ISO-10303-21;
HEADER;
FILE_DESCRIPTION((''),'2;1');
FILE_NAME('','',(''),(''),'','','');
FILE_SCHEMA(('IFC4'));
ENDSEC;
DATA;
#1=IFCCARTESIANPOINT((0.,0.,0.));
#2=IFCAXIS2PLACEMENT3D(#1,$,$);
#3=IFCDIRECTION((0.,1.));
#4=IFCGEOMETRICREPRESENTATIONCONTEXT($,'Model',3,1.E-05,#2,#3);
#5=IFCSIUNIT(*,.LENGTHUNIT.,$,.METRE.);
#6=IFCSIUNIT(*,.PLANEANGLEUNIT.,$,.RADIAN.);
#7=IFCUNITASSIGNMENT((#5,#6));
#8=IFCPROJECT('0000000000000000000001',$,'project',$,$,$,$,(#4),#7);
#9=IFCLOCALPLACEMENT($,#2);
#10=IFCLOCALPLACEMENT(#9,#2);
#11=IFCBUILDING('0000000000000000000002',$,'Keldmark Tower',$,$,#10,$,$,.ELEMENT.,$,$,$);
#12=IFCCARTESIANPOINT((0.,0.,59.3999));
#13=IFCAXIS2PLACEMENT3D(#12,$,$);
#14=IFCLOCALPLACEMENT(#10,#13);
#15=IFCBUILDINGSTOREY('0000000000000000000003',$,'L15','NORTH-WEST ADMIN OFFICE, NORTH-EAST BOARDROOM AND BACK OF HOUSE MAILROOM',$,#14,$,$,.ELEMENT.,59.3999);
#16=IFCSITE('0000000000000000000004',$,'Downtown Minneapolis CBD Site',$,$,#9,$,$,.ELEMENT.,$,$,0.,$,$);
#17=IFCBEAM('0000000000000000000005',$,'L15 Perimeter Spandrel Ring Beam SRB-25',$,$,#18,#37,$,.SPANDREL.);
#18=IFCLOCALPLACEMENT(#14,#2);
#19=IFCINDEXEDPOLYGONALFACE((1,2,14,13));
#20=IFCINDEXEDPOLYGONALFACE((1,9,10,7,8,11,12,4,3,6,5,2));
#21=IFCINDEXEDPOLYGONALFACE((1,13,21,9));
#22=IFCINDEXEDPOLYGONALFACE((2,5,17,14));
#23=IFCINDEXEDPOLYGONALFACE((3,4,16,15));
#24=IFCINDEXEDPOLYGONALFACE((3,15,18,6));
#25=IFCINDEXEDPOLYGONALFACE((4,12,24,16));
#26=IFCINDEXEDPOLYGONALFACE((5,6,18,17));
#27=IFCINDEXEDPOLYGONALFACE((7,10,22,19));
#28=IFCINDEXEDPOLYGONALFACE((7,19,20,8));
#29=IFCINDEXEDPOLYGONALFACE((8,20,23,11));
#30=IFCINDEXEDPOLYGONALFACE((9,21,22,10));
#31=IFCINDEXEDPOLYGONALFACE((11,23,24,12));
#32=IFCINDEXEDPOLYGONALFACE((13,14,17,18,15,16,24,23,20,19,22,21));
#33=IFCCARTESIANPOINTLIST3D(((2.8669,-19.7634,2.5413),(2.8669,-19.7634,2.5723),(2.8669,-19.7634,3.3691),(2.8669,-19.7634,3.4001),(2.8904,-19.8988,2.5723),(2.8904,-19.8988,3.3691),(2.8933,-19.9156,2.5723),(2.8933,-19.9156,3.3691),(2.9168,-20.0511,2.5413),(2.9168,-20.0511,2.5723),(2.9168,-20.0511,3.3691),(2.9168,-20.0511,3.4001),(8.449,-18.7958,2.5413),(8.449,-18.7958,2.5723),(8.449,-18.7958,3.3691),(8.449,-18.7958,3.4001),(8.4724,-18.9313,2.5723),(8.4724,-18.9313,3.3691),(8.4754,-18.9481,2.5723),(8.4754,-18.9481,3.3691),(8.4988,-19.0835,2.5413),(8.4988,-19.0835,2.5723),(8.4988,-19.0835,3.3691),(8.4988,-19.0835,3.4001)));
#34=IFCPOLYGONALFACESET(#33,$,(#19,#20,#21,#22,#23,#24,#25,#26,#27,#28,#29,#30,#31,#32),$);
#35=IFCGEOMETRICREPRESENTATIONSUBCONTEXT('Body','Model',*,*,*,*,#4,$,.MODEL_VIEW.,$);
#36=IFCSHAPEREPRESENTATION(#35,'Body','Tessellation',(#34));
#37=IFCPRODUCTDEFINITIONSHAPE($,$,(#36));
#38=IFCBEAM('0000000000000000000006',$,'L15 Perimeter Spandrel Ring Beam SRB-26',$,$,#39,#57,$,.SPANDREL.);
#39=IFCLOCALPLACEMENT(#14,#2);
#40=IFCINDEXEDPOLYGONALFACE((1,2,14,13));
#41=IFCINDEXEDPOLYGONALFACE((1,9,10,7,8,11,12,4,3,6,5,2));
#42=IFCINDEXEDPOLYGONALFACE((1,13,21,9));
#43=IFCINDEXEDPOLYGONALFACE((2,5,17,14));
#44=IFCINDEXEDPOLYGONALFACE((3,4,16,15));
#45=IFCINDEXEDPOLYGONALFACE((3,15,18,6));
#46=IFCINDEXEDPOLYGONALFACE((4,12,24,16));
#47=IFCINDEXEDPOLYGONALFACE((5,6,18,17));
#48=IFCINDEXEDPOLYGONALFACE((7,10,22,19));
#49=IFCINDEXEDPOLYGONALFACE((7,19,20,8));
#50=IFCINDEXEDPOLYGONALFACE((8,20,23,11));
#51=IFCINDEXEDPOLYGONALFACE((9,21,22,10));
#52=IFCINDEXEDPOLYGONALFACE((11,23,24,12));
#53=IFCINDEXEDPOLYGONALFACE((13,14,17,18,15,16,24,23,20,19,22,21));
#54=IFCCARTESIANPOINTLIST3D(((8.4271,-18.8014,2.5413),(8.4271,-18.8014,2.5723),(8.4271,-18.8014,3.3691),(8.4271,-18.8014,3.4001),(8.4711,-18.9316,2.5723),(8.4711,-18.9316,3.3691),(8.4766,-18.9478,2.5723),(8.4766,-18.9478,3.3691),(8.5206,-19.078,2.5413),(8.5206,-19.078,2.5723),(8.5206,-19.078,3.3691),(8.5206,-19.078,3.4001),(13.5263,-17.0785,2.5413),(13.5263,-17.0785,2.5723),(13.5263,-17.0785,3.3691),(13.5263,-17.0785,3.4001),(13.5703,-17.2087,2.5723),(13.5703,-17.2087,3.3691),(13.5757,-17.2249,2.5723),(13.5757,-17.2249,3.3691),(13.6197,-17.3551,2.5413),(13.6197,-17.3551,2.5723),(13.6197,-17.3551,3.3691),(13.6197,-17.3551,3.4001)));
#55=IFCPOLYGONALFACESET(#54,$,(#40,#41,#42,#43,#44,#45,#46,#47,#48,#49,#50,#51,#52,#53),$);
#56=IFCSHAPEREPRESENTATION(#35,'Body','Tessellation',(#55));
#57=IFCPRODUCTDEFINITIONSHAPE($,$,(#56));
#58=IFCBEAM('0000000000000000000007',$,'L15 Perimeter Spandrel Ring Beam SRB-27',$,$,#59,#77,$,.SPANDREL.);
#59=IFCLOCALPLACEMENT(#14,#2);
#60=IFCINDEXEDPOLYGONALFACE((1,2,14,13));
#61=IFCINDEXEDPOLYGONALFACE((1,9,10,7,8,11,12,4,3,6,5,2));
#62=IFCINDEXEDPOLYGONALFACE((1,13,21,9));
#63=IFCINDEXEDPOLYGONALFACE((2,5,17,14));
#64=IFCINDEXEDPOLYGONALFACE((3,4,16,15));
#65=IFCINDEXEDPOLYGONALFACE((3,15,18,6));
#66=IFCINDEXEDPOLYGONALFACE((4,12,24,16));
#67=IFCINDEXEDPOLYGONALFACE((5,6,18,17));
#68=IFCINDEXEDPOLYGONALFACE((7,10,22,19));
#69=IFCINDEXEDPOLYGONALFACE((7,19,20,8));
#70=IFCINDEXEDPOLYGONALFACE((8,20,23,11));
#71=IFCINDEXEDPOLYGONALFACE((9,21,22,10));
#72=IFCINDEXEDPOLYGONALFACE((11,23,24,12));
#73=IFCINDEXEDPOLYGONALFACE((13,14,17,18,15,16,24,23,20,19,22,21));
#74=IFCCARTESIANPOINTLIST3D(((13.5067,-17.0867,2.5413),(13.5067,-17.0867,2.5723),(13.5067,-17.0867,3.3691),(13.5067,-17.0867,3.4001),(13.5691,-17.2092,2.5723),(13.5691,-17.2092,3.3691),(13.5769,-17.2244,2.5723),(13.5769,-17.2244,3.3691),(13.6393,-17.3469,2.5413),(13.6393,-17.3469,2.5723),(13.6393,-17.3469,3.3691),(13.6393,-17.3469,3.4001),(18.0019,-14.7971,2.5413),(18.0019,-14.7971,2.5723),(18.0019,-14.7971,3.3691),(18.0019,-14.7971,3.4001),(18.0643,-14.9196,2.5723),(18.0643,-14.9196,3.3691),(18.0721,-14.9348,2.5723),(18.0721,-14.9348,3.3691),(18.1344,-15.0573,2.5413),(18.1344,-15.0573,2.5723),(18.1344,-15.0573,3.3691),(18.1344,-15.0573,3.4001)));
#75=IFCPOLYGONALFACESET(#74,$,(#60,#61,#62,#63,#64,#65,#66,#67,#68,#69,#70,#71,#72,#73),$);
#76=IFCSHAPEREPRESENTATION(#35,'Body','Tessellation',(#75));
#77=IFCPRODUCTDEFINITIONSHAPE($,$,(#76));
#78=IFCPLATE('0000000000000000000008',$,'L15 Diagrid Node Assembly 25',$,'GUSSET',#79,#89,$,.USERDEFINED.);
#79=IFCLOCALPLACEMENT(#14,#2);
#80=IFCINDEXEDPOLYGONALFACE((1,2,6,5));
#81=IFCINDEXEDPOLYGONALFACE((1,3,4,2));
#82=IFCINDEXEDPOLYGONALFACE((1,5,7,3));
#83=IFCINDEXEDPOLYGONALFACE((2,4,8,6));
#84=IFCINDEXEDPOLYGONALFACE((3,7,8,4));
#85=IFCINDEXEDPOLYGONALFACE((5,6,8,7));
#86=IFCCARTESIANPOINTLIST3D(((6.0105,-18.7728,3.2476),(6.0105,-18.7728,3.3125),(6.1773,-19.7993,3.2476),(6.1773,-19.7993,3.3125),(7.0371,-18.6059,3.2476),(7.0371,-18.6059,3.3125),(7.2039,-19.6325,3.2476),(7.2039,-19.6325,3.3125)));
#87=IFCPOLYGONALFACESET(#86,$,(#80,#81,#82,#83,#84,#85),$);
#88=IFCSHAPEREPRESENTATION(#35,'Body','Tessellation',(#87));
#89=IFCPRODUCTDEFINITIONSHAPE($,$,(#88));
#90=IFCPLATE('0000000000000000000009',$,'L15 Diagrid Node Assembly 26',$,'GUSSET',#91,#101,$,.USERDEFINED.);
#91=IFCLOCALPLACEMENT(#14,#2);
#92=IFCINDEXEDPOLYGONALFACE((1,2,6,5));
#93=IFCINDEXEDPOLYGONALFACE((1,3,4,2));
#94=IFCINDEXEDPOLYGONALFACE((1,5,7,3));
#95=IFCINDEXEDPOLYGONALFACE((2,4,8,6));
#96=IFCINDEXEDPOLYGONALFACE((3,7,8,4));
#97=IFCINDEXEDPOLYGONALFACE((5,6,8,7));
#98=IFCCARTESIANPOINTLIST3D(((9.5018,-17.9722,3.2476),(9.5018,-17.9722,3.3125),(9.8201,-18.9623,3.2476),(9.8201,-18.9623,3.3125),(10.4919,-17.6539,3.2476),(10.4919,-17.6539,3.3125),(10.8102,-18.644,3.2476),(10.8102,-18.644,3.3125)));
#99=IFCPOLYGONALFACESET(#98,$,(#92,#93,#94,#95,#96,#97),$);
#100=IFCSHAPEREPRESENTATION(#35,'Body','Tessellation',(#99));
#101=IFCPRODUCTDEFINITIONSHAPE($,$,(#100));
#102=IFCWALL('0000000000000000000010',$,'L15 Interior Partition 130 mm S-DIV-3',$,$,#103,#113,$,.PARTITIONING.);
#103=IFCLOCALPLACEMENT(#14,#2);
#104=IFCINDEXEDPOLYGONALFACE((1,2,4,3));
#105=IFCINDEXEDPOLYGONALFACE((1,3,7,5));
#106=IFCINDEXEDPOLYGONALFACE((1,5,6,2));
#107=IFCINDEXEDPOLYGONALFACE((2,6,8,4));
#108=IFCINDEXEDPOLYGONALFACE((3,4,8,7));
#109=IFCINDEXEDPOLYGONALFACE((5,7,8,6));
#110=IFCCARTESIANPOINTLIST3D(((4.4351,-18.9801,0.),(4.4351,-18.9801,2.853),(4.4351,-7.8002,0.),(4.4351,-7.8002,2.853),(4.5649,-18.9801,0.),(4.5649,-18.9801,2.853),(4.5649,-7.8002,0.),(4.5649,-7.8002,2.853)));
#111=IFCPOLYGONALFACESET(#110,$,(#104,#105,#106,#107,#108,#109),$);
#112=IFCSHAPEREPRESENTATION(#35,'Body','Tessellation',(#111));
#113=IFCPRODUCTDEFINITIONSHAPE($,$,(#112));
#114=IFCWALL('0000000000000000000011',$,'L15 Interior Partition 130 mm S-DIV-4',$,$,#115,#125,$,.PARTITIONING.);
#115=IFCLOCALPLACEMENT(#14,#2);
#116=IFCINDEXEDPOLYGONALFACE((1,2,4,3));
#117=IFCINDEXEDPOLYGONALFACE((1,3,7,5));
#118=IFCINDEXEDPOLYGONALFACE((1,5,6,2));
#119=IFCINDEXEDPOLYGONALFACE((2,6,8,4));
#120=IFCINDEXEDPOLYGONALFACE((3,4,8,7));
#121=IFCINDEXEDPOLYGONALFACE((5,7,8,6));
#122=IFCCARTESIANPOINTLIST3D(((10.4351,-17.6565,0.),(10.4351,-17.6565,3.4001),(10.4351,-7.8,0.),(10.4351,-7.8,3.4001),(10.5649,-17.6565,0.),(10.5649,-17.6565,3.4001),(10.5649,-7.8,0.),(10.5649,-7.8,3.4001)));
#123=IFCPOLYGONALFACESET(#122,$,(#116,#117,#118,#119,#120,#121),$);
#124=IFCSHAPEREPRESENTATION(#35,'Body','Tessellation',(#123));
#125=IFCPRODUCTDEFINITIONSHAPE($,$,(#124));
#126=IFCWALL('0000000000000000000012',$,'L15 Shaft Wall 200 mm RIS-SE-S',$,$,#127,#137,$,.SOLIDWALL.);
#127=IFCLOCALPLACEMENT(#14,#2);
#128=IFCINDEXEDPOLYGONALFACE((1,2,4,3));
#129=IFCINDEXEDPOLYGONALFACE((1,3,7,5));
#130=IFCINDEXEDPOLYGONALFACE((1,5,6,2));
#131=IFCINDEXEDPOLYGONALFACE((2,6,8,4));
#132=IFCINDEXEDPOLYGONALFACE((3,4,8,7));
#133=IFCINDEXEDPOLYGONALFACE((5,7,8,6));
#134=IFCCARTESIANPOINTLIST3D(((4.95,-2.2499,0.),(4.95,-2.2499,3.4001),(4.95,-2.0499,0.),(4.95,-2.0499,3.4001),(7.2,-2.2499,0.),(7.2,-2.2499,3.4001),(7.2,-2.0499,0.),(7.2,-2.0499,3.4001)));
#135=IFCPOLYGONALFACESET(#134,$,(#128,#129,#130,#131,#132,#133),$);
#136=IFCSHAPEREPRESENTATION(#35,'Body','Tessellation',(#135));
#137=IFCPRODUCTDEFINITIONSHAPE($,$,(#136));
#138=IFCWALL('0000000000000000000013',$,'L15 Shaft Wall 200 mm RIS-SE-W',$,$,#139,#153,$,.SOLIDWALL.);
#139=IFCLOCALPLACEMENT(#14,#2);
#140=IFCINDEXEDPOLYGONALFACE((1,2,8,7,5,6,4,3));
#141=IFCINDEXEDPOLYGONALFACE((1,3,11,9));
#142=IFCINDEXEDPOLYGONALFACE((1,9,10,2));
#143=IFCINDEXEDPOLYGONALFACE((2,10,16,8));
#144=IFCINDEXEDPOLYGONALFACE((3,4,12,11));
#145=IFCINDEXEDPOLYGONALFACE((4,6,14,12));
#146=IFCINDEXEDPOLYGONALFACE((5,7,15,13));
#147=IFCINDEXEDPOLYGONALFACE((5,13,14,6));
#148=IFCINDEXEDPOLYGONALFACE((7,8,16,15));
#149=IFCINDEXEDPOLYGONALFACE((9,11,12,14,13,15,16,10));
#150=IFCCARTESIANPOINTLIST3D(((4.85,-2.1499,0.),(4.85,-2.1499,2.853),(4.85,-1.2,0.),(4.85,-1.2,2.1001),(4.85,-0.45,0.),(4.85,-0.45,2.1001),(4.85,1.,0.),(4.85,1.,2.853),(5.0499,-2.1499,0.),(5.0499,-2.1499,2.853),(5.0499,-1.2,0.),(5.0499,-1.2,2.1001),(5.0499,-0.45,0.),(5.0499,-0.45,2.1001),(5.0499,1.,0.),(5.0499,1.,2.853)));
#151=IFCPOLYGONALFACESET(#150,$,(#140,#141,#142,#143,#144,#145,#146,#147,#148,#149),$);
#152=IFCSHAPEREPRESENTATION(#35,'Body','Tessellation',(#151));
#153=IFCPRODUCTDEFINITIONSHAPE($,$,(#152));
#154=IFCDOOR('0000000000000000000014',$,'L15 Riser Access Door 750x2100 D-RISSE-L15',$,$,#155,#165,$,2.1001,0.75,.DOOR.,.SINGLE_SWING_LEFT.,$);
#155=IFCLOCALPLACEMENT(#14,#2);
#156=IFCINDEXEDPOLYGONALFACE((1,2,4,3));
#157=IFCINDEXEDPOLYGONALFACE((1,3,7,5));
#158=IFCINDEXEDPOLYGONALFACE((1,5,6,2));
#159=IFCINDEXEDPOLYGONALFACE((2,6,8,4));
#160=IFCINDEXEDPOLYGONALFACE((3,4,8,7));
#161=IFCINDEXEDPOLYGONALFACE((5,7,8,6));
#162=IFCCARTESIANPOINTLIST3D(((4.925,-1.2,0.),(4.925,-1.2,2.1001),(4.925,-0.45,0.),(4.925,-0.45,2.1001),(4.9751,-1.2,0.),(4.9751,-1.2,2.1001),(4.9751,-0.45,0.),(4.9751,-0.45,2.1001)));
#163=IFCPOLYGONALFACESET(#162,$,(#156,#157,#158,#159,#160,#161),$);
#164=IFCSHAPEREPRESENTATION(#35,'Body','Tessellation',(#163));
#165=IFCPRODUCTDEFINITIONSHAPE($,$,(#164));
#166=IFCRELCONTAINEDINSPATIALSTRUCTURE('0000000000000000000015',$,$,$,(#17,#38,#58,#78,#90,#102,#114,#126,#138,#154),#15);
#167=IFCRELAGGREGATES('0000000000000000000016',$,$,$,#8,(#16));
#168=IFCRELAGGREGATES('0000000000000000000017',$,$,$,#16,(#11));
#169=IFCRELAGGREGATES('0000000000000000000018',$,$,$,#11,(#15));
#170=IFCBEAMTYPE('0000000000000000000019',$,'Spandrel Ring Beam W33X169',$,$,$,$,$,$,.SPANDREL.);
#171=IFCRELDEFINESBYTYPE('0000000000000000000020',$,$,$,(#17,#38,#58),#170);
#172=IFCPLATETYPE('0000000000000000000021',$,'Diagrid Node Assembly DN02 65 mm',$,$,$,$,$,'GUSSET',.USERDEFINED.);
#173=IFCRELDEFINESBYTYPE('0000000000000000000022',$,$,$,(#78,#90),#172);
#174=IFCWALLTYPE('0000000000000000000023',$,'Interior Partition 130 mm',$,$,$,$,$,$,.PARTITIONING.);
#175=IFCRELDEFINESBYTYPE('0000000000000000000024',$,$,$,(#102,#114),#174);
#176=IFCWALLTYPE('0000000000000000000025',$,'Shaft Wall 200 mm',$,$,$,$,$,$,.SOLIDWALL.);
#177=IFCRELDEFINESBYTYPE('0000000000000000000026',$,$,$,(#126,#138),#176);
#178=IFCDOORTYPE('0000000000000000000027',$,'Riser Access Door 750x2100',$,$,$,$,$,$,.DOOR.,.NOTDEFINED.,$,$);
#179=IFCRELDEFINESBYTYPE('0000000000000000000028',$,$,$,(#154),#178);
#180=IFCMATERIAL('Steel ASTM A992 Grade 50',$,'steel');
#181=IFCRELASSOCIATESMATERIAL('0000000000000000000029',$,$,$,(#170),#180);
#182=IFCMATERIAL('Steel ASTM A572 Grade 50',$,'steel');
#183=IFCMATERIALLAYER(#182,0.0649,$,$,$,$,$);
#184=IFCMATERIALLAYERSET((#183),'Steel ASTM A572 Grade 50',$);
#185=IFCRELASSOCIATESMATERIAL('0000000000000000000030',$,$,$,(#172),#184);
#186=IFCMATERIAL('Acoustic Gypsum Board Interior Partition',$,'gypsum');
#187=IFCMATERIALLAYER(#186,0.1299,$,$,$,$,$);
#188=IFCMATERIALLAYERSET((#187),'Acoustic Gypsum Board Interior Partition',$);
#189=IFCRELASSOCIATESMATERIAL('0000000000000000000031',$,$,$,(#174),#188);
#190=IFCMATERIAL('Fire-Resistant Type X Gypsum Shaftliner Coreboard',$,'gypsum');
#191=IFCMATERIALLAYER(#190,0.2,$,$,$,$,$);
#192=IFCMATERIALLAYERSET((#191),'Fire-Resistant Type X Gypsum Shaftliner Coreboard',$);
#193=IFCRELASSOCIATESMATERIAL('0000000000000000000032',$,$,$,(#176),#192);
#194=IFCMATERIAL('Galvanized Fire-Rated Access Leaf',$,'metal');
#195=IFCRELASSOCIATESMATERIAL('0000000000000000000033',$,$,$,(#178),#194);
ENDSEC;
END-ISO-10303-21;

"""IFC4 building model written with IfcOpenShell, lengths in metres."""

from ifc_helpers import new_model, si_unit, direction, frame, frame_2d, origin, origin_2d, place, context, subcontext, project, spatial, rectangle, i_section, extrude, material, layer, layer_set, material_profile, profile_set, type_object, element, fill, save


model = new_model("IFC4")

# Units and contexts
model_context = context("Model", 3, precision=1e-05, world=origin(), true_north=direction((0.0, 1.0)))
body_context = subcontext(model_context, "Body", "Model", "MODEL_VIEW")
ifc_project = project(units=[si_unit("LENGTHUNIT", "METRE"), si_unit("PLANEANGLEUNIT", "RADIAN")], contexts=[model_context])

# Site, building, storey
site_placement = place(None, origin())
site = spatial("IfcSite", under=ifc_project, at=site_placement, Name="Downtown Minneapolis CBD Site", CompositionType="ELEMENT", RefElevation=0.0)
building_placement = place(site_placement, origin())
building = spatial("IfcBuilding", under=site, at=building_placement, Name="Keldmark Tower", CompositionType="ELEMENT")
storey_placement = place(building_placement, frame((0.0, 0.0, 59.3999)))
storey = spatial("IfcBuildingStorey", under=building, at=storey_placement, Name="L15", Description="NORTH-WEST ADMIN OFFICE, NORTH-EAST BOARDROOM AND BACK OF HOUSE MAILROOM", CompositionType="ELEMENT", Elevation=59.3999)

# Beams
ifc_material_1 = material(Name="Steel ASTM A992 Grade 50", Category="steel")
ifc_material_profile_1 = material_profile(ifc_material_1, i_section(OverallWidth=0.292, OverallDepth=0.8589, WebThickness=0.0171, FlangeThickness=0.031, at=origin_2d()), Name="W33X169")
ifc_profile_set_1 = profile_set([ifc_material_profile_1], Name="Steel ASTM A992 Grade 50")
beam_type_1 = type_object("IfcBeamType", Name="Spandrel Ring Beam W33X169", PredefinedType="SPANDREL", material=ifc_profile_set_1)
beam_1_placement = place(storey_placement, frame((2.8918, -19.9072, 2.9707), z_axis=(0.985309, 0.170783, 0.0), x_axis=(-0.170783, 0.985309, 0.0)))
element("IfcBeam", 1, at=beam_1_placement, inside=storey, type_object=beam_type_1, Name="L15 Perimeter Spandrel Ring Beam SRB-25", PredefinedType="SPANDREL", context=body_context, shape_type="SweptSolid", body=[
    extrude(i_section(OverallWidth=0.292, OverallDepth=0.8589, WebThickness=0.0171, FlangeThickness=0.031, at=origin_2d()), origin(), (0.0, 0.0, 1.0), 5.6653),
])
beam_2_placement = place(storey_placement, frame((8.4739, -18.9397, 2.9707), z_axis=(0.947383, 0.320103, 0.0), x_axis=(-0.320103, 0.947383, 0.0)))
element("IfcBeam", 2, at=beam_2_placement, inside=storey, type_object=beam_type_1, Name="L15 Perimeter Spandrel Ring Beam SRB-26", PredefinedType="SPANDREL", context=body_context, shape_type="SweptSolid", body=[
    extrude(i_section(OverallWidth=0.292, OverallDepth=0.8589, WebThickness=0.0171, FlangeThickness=0.031, at=origin_2d()), origin(), (0.0, 0.0, 1.0), 5.3823),
])
beam_3_placement = place(storey_placement, frame((13.573, -17.2168, 2.9707), z_axis=(0.891073, 0.453861, 0.0), x_axis=(-0.453861, 0.891073, 0.0)))
element("IfcBeam", 3, at=beam_3_placement, inside=storey, type_object=beam_type_1, Name="L15 Perimeter Spandrel Ring Beam SRB-27", PredefinedType="SPANDREL", context=body_context, shape_type="SweptSolid", body=[
    extrude(i_section(OverallWidth=0.292, OverallDepth=0.8589, WebThickness=0.0171, FlangeThickness=0.031, at=origin_2d()), origin(), (0.0, 0.0, 1.0), 5.0447),
])

# Plates
ifc_material_2 = material(Name="Steel ASTM A572 Grade 50", Category="steel")
ifc_layer_1 = layer(ifc_material_2, 0.0649)
ifc_layer_set_1 = layer_set([ifc_layer_1], Name="Steel ASTM A572 Grade 50")
plate_type = type_object("IfcPlateType", Name="Diagrid Node Assembly DN02 65 mm", ElementType="GUSSET", PredefinedType="USERDEFINED", material=ifc_layer_set_1)
for number, where, z_axis, x_axis, name in (
    (4, (6.6072, -19.2026, 3.2476), (0.0, 0.0, 1.0), (0.987052, 0.160398, 0.0), "L15 Diagrid Node Assembly 25"),
    (5, (10.156, -18.3081, 3.2476), (0.0, 0.0, 1.0), (0.952023, 0.306028, 0.0), "L15 Diagrid Node Assembly 26"),
):
    element("IfcPlate", number, at=place(storey_placement, frame(where, z_axis=z_axis, x_axis=x_axis)), inside=storey, type_object=plate_type, Name=name, ObjectType="GUSSET", PredefinedType="USERDEFINED", context=body_context, shape_type="SweptSolid", body=[
        extrude(rectangle(XDim=1.04, YDim=1.04, at=origin_2d()), origin(), (0.0, 0.0, 1.0), 0.0649),
    ])

# Walls
ifc_material_3 = material(Name="Acoustic Gypsum Board Interior Partition", Category="gypsum")
ifc_layer_2 = layer(ifc_material_3, 0.1299)
ifc_layer_set_2 = layer_set([ifc_layer_2], Name="Acoustic Gypsum Board Interior Partition")
wall_type_1 = type_object("IfcWallType", Name="Interior Partition 130 mm", PredefinedType="PARTITIONING", material=ifc_layer_set_2)
wall_1_placement = place(storey_placement, frame((4.5, -18.98, 0.0), z_axis=(0.0, 0.0, 1.0), x_axis=(0.0, 1.0, 0.0)))
element("IfcWall", 6, at=wall_1_placement, inside=storey, type_object=wall_type_1, Name="L15 Interior Partition 130 mm S-DIV-3", PredefinedType="PARTITIONING", context=body_context, shape_type="SweptSolid", body=[
    extrude(rectangle(XDim=11.1799, YDim=0.1299, at=frame_2d((5.5898, 0.0))), origin(), (0.0, 0.0, 1.0), 2.853),
])
wall_2_placement = place(storey_placement, frame((10.5, -17.6565, 0.0), z_axis=(0.0, 0.0, 1.0), x_axis=(0.0, 1.0, 0.0)))
element("IfcWall", 7, at=wall_2_placement, inside=storey, type_object=wall_type_1, Name="L15 Interior Partition 130 mm S-DIV-4", PredefinedType="PARTITIONING", context=body_context, shape_type="SweptSolid", body=[
    extrude(rectangle(XDim=9.8564, YDim=0.1299, at=frame_2d((4.9282, 0.0))), origin(), (0.0, 0.0, 1.0), 3.4001),
])
ifc_material_4 = material(Name="Fire-Resistant Type X Gypsum Shaftliner Coreboard", Category="gypsum")
ifc_layer_3 = layer(ifc_material_4, 0.2)
ifc_layer_set_3 = layer_set([ifc_layer_3], Name="Fire-Resistant Type X Gypsum Shaftliner Coreboard")
wall_type_2 = type_object("IfcWallType", Name="Shaft Wall 200 mm", PredefinedType="SOLIDWALL", material=ifc_layer_set_3)
wall_3_placement = place(storey_placement, frame((4.95, -2.1499, 0.0), z_axis=(0.0, 0.0, 1.0), x_axis=(1.0, 0.0, 0.0)))
element("IfcWall", 8, at=wall_3_placement, inside=storey, type_object=wall_type_2, Name="L15 Shaft Wall 200 mm RIS-SE-S", PredefinedType="SOLIDWALL", context=body_context, shape_type="SweptSolid", body=[
    extrude(rectangle(XDim=2.25, YDim=0.2, at=frame_2d((1.125, 0.0))), origin(), (0.0, 0.0, 1.0), 3.4001),
])

# Wall, opening, door
wall_4_placement = place(storey_placement, frame((4.95, -2.1499, 0.0), z_axis=(0.0, 0.0, 1.0), x_axis=(0.0, 1.0, 0.0)))
wall_4 = element("IfcWall", 9, at=wall_4_placement, inside=storey, type_object=wall_type_2, Name="L15 Shaft Wall 200 mm RIS-SE-W", PredefinedType="SOLIDWALL", context=body_context, shape_type="SweptSolid", body=[
    extrude(rectangle(XDim=3.1499, YDim=0.2, at=frame_2d((1.575, 0.0))), origin(), (0.0, 0.0, 1.0), 2.853),
])
opening_1_placement = place(wall_4_placement, frame((0.95, 0.0, 0.0)))
opening_1 = element("IfcOpeningElement", 10, at=opening_1_placement, cuts=wall_4, PredefinedType="OPENING", context=body_context, shape_type="SweptSolid", body=[
    extrude(rectangle(XDim=0.75, YDim=2.1001, at=frame_2d((0.375, 1.05))), frame((0.0, 0.1099, 0.0), z_axis=(0.0, -1.0, 0.0), x_axis=(1.0, 0.0, 0.0)), (0.0, 0.0, 1.0), 0.22),
])
ifc_material_5 = material(Name="Galvanized Fire-Rated Access Leaf", Category="metal")
door_type = type_object("IfcDoorType", Name="Riser Access Door 750x2100", OperationType="NOTDEFINED", PredefinedType="DOOR", material=ifc_material_5)
door_placement = place(opening_1_placement, origin())
door = element("IfcDoor", 11, at=door_placement, inside=storey, type_object=door_type, Name="L15 Riser Access Door 750x2100 D-RISSE-L15", OperationType="SINGLE_SWING_LEFT", OverallHeight=2.1001, OverallWidth=0.75, PredefinedType="DOOR", context=body_context, shape_type="SweptSolid", body=[
    extrude(rectangle(XDim=0.75, YDim=2.1001, at=frame_2d((0.375, 1.05))), frame((0.0, 0.0249, 0.0), z_axis=(0.0, -1.0, 0.0), x_axis=(1.0, 0.0, 0.0)), (0.0, 0.0, 1.0), 0.05),
])
fill(opening_1, door)

save(model, "model.ifc")
